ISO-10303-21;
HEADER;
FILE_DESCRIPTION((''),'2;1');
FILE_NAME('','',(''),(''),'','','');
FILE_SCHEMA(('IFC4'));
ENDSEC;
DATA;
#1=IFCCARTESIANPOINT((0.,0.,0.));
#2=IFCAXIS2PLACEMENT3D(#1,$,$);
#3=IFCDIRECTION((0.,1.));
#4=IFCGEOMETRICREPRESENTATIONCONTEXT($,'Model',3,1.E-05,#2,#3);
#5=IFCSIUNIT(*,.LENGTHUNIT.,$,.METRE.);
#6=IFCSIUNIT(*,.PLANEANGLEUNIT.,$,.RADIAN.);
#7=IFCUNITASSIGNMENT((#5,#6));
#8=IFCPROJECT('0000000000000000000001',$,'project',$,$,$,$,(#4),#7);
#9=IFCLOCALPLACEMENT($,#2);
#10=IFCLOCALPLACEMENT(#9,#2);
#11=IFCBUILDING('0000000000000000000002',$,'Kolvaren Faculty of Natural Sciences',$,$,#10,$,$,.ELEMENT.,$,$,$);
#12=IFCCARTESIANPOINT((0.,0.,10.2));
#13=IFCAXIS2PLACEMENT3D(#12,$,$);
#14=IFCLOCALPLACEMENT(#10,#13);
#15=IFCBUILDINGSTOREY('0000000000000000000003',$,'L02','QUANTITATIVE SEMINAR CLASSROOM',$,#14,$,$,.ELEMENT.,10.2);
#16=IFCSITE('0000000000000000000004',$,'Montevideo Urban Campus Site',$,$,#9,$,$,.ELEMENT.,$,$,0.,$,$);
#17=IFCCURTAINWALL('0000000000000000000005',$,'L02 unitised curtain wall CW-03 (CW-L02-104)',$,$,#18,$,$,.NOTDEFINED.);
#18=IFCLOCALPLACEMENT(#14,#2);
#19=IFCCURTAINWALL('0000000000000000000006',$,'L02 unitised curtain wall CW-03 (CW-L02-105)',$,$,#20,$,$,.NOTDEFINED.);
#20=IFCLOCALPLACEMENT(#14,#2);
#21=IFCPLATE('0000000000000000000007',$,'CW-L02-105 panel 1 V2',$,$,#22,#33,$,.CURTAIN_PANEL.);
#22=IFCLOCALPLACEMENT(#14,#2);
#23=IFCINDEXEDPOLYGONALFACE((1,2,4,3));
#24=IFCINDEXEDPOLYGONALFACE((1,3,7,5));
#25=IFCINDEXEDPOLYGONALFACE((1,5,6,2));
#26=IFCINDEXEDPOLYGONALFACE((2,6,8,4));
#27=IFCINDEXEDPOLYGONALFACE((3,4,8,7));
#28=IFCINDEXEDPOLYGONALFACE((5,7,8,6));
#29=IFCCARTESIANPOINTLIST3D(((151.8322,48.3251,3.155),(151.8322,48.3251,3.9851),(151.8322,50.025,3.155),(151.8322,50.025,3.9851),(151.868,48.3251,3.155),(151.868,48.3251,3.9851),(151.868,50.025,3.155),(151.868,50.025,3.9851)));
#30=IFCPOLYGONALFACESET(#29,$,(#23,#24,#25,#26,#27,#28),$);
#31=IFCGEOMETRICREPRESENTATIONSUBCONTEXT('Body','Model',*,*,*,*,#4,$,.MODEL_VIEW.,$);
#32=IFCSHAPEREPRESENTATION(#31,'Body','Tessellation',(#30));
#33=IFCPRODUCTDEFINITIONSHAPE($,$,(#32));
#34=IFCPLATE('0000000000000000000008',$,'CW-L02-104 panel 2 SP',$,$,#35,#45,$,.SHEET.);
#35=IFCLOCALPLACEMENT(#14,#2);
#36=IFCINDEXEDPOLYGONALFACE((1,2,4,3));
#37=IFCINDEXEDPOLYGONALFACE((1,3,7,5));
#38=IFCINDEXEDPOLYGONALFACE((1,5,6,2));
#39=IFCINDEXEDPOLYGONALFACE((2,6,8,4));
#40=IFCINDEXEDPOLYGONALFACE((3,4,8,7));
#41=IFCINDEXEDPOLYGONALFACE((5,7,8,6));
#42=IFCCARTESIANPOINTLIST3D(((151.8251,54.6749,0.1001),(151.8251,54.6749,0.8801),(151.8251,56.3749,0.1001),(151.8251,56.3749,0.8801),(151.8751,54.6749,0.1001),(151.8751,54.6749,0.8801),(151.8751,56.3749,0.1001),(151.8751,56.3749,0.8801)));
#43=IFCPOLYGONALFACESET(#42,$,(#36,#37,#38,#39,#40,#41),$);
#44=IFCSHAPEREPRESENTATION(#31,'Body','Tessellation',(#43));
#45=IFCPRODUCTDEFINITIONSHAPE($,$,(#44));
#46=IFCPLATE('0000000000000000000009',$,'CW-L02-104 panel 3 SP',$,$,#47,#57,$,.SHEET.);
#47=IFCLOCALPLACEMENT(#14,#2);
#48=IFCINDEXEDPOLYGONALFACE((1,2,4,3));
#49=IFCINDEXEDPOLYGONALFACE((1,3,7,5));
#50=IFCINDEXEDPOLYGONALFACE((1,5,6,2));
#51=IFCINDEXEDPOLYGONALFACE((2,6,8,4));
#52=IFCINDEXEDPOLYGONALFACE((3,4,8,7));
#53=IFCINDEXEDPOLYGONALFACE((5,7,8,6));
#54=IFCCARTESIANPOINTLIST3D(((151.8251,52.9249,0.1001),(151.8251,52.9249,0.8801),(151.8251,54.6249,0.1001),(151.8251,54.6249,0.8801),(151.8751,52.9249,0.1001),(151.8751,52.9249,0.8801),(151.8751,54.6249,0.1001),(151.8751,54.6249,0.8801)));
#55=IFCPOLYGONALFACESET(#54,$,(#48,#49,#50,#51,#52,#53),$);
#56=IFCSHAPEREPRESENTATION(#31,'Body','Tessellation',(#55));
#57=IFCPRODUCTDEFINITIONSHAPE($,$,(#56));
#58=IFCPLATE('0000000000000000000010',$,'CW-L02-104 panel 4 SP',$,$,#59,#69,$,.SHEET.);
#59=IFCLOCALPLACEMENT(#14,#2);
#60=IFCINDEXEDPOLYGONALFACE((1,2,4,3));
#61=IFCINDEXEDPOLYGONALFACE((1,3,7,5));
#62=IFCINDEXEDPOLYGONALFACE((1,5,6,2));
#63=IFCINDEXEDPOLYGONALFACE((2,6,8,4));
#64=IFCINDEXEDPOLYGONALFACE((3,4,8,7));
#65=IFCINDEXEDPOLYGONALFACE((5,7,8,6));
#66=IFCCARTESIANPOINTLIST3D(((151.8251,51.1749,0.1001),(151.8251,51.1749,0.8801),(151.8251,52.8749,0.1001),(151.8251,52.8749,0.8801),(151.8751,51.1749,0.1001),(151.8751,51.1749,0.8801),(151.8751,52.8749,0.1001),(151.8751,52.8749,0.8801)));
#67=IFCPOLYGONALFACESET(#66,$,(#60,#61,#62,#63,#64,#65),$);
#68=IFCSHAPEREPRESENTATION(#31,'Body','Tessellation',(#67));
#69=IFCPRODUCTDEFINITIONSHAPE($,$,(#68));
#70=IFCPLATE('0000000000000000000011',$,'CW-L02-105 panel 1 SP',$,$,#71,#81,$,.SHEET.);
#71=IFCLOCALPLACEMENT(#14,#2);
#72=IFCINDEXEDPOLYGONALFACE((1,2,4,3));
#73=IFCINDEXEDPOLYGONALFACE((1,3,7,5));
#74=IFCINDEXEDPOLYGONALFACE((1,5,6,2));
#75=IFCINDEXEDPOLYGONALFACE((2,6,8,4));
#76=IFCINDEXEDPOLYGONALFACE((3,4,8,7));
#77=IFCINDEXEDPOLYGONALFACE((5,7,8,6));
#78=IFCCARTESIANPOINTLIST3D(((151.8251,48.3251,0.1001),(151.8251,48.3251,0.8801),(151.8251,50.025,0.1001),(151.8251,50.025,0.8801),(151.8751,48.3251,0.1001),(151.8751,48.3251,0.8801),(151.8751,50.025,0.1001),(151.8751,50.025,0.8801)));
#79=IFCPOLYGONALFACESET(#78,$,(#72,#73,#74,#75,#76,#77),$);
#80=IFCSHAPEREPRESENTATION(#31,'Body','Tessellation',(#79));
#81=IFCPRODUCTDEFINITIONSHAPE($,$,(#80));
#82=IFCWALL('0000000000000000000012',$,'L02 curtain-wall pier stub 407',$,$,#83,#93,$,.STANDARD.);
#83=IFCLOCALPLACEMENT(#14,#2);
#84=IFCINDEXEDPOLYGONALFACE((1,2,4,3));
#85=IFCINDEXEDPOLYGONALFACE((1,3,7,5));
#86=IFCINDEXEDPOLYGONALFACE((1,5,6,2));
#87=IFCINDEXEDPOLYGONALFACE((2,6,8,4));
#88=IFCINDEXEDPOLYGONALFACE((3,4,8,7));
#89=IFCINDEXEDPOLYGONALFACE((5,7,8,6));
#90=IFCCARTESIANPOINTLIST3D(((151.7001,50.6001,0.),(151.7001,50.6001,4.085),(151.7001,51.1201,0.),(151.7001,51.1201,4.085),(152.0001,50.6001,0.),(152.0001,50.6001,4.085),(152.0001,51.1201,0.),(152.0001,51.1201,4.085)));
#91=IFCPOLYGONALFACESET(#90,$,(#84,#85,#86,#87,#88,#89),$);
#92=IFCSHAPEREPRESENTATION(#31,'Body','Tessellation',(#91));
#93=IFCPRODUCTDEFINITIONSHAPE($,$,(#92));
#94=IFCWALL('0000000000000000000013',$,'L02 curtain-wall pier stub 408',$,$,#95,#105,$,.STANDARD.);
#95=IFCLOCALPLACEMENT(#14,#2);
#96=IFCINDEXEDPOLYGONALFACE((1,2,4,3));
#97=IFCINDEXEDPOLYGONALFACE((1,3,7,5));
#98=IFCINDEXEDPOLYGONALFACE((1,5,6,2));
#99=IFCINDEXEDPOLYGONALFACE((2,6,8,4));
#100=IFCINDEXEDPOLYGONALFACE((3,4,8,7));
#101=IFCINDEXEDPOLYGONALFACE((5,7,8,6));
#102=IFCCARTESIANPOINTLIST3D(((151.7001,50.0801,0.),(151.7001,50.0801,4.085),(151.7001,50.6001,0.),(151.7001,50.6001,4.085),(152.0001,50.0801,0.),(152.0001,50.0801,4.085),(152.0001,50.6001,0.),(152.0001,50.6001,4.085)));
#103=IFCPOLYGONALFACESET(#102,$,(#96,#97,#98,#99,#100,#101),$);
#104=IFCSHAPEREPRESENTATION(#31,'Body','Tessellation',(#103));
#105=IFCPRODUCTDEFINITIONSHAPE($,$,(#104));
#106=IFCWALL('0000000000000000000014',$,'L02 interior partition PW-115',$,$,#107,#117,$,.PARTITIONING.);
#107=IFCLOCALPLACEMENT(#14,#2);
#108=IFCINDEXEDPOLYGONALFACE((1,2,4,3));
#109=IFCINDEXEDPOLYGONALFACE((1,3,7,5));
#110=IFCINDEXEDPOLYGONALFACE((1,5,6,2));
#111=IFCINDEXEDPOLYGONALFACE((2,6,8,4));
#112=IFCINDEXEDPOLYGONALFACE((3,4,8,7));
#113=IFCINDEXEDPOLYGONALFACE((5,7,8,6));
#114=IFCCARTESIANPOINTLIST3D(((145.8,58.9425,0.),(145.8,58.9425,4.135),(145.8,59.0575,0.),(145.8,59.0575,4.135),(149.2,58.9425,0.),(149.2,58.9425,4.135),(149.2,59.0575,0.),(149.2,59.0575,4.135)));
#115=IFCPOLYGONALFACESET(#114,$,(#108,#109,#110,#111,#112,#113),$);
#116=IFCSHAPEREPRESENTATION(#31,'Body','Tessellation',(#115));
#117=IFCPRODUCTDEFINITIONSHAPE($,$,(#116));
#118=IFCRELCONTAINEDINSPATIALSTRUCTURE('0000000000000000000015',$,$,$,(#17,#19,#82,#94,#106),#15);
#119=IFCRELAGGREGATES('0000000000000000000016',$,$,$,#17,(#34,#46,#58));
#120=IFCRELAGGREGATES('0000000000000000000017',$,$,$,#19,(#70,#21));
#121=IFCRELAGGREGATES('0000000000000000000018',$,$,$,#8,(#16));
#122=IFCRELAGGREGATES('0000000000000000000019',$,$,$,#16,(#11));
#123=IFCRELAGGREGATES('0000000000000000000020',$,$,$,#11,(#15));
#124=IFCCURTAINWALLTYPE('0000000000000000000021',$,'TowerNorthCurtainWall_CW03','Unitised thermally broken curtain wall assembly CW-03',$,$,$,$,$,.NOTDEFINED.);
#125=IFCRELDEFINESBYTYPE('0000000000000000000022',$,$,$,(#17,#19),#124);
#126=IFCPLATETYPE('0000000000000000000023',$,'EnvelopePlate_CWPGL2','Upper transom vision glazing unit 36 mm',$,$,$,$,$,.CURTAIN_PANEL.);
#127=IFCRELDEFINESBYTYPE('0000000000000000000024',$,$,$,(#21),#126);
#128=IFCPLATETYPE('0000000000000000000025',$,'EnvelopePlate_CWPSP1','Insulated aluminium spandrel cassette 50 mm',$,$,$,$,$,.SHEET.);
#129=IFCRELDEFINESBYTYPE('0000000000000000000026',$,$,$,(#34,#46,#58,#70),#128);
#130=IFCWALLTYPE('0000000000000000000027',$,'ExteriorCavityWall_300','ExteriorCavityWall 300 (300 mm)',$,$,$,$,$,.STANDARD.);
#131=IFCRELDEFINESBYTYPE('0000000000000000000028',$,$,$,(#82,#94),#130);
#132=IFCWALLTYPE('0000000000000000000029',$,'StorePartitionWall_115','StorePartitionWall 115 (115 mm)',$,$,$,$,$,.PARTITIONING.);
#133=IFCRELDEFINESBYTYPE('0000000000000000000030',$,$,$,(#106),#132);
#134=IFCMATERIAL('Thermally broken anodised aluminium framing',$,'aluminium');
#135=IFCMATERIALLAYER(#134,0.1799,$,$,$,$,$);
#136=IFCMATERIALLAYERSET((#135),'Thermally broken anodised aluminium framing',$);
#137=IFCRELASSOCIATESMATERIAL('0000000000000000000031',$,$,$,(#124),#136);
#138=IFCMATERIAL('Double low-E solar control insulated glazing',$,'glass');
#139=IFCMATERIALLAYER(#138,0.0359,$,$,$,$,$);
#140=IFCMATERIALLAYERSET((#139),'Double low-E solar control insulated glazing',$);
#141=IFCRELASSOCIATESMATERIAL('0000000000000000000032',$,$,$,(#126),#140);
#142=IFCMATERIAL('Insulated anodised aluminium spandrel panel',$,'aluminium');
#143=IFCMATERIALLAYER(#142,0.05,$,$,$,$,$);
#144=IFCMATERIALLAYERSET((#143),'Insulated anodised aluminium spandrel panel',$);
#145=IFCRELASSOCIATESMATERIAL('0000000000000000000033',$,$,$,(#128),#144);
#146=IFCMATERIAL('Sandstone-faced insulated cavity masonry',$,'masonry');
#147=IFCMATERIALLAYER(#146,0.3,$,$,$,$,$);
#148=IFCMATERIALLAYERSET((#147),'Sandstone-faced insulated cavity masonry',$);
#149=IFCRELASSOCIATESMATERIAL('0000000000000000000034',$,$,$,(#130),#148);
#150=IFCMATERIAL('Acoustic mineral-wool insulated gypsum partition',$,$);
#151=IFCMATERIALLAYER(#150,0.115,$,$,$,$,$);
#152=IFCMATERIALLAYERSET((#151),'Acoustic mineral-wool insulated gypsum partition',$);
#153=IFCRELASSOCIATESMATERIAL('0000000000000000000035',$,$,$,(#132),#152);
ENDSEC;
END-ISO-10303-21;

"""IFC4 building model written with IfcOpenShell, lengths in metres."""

from ifc_helpers import new_model, si_unit, direction, frame, frame_2d, origin, origin_2d, place, context, subcontext, project, spatial, rectangle, extrude, material, layer, layer_set, type_object, element, aggregate, save


model = new_model("IFC4")

# Units and contexts
model_context = context("Model", 3, precision=1e-05, world=origin(), true_north=direction((0.0, 1.0)))
body_context = subcontext(model_context, "Body", "Model", "MODEL_VIEW")
ifc_project = project(units=[si_unit("LENGTHUNIT", "METRE"), si_unit("PLANEANGLEUNIT", "RADIAN")], contexts=[model_context])

# Site, building, storey
site_placement = place(None, origin())
site = spatial("IfcSite", under=ifc_project, at=site_placement, Name="Montevideo Urban Campus Site", CompositionType="ELEMENT", RefElevation=0.0)
building_placement = place(site_placement, origin())
building = spatial("IfcBuilding", under=site, at=building_placement, Name="Kolvaren Faculty of Natural Sciences", CompositionType="ELEMENT")
storey_placement = place(building_placement, frame((0.0, 0.0, 10.2)))
storey = spatial("IfcBuildingStorey", under=building, at=storey_placement, Name="L02", Description="QUANTITATIVE SEMINAR CLASSROOM", CompositionType="ELEMENT", Elevation=10.2)

# Curtain walls
ifc_material_1 = material(Name="Thermally broken anodised aluminium framing", Category="aluminium")
ifc_layer_1 = layer(ifc_material_1, 0.1799)
ifc_layer_set_1 = layer_set([ifc_layer_1], Name="Thermally broken anodised aluminium framing")
curtain_wall_type = type_object("IfcCurtainWallType", Name="TowerNorthCurtainWall_CW03", Description="Unitised thermally broken curtain wall assembly CW-03", PredefinedType="NOTDEFINED", material=ifc_layer_set_1)
curtain_wall_1_placement = place(storey_placement, origin())
curtain_wall_1 = element("IfcCurtainWall", 1, at=curtain_wall_1_placement, inside=storey, type_object=curtain_wall_type, Name="L02 unitised curtain wall CW-03 (CW-L02-104)", PredefinedType="NOTDEFINED")
curtain_wall_2_placement = place(storey_placement, origin())
curtain_wall_2 = element("IfcCurtainWall", 2, at=curtain_wall_2_placement, inside=storey, type_object=curtain_wall_type, Name="L02 unitised curtain wall CW-03 (CW-L02-105)", PredefinedType="NOTDEFINED")

# Plates
ifc_material_2 = material(Name="Double low-E solar control insulated glazing", Category="glass")
ifc_layer_2 = layer(ifc_material_2, 0.0359)
ifc_layer_set_2 = layer_set([ifc_layer_2], Name="Double low-E solar control insulated glazing")
plate_type_1 = type_object("IfcPlateType", Name="EnvelopePlate_CWPGL2", Description="Upper transom vision glazing unit 36 mm", PredefinedType="CURTAIN_PANEL", material=ifc_layer_set_2)
plate_1_placement = place(storey_placement, frame((151.8501, 49.175, 3.155), z_axis=(0.0, 0.0, 1.0), x_axis=(0.0, -1.0, 0.0)))
plate_1 = element("IfcPlate", 3, at=plate_1_placement, type_object=plate_type_1, Name="CW-L02-105 panel 1 V2", PredefinedType="CURTAIN_PANEL", context=body_context, shape_type="SweptSolid", body=[
    extrude(rectangle(XDim=1.7, YDim=0.0359, at=origin_2d()), origin(), (0.0, 0.0, 1.0), 0.8301),
])
ifc_material_3 = material(Name="Insulated anodised aluminium spandrel panel", Category="aluminium")
ifc_layer_3 = layer(ifc_material_3, 0.05)
ifc_layer_set_3 = layer_set([ifc_layer_3], Name="Insulated anodised aluminium spandrel panel")
plate_type_2 = type_object("IfcPlateType", Name="EnvelopePlate_CWPSP1", Description="Insulated aluminium spandrel cassette 50 mm", PredefinedType="SHEET", material=ifc_layer_set_3)
plate_2_placement = place(storey_placement, frame((151.8501, 55.5249, 0.1001), z_axis=(0.0, 0.0, 1.0), x_axis=(0.0, -1.0, 0.0)))
plate_2 = element("IfcPlate", 4, at=plate_2_placement, type_object=plate_type_2, Name="CW-L02-104 panel 2 SP", PredefinedType="SHEET", context=body_context, shape_type="SweptSolid", body=[
    extrude(rectangle(XDim=1.7, YDim=0.05, at=origin_2d()), origin(), (0.0, 0.0, 1.0), 0.78),
])
plate_3_placement = place(storey_placement, frame((151.8501, 53.7749, 0.1001), z_axis=(0.0, 0.0, 1.0), x_axis=(0.0, -1.0, 0.0)))
plate_3 = element("IfcPlate", 5, at=plate_3_placement, type_object=plate_type_2, Name="CW-L02-104 panel 3 SP", PredefinedType="SHEET", context=body_context, shape_type="SweptSolid", body=[
    extrude(rectangle(XDim=1.7, YDim=0.05, at=origin_2d()), origin(), (0.0, 0.0, 1.0), 0.78),
])
plate_4_placement = place(storey_placement, frame((151.8501, 52.0249, 0.1001), z_axis=(0.0, 0.0, 1.0), x_axis=(0.0, -1.0, 0.0)))
plate_4 = element("IfcPlate", 6, at=plate_4_placement, type_object=plate_type_2, Name="CW-L02-104 panel 4 SP", PredefinedType="SHEET", context=body_context, shape_type="SweptSolid", body=[
    extrude(rectangle(XDim=1.7, YDim=0.05, at=origin_2d()), origin(), (0.0, 0.0, 1.0), 0.78),
])
aggregate(curtain_wall_1, [plate_2, plate_3, plate_4])
plate_5_placement = place(storey_placement, frame((151.8501, 49.175, 0.1001), z_axis=(0.0, 0.0, 1.0), x_axis=(0.0, -1.0, 0.0)))
plate_5 = element("IfcPlate", 7, at=plate_5_placement, type_object=plate_type_2, Name="CW-L02-105 panel 1 SP", PredefinedType="SHEET", context=body_context, shape_type="SweptSolid", body=[
    extrude(rectangle(XDim=1.7, YDim=0.05, at=origin_2d()), origin(), (0.0, 0.0, 1.0), 0.78),
])
aggregate(curtain_wall_2, [plate_5, plate_1])

# Walls
ifc_material_4 = material(Name="Sandstone-faced insulated cavity masonry", Category="masonry")
ifc_layer_4 = layer(ifc_material_4, 0.3)
ifc_layer_set_4 = layer_set([ifc_layer_4], Name="Sandstone-faced insulated cavity masonry")
wall_type_1 = type_object("IfcWallType", Name="ExteriorCavityWall_300", Description="ExteriorCavityWall 300 (300 mm)", PredefinedType="STANDARD", material=ifc_layer_set_4)
for number, where, z_axis, x_axis, name in (
    (8, (151.8501, 51.1201, 0.0), (0.0, 0.0, 1.0), (0.0, -1.0, 0.0), "L02 curtain-wall pier stub 407"),
    (9, (151.8501, 50.6001, 0.0), (0.0, 0.0, 1.0), (0.0, -1.0, 0.0), "L02 curtain-wall pier stub 408"),
):
    element("IfcWall", number, at=place(storey_placement, frame(where, z_axis=z_axis, x_axis=x_axis)), inside=storey, type_object=wall_type_1, Name=name, PredefinedType="STANDARD", context=body_context, shape_type="SweptSolid", body=[
        extrude(rectangle(XDim=0.52, YDim=0.3, at=frame_2d((0.26, 0.0))), origin(), (0.0, 0.0, 1.0), 4.085),
    ])
ifc_material_5 = material(Name="Acoustic mineral-wool insulated gypsum partition")
ifc_layer_5 = layer(ifc_material_5, 0.115)
ifc_layer_set_5 = layer_set([ifc_layer_5], Name="Acoustic mineral-wool insulated gypsum partition")
wall_type_2 = type_object("IfcWallType", Name="StorePartitionWall_115", Description="StorePartitionWall 115 (115 mm)", PredefinedType="PARTITIONING", material=ifc_layer_set_5)
wall_placement = place(storey_placement, frame((149.2, 59.0, 0.0), z_axis=(0.0, 0.0, 1.0), x_axis=(-1.0, 0.0, 0.0)))
element("IfcWall", 10, at=wall_placement, inside=storey, type_object=wall_type_2, Name="L02 interior partition PW-115", PredefinedType="PARTITIONING", context=body_context, shape_type="SweptSolid", body=[
    extrude(rectangle(XDim=3.3999, YDim=0.115, at=frame_2d((1.7, 0.0))), origin(), (0.0, 0.0, 1.0), 4.135),
])

save(model, "model.ifc")
